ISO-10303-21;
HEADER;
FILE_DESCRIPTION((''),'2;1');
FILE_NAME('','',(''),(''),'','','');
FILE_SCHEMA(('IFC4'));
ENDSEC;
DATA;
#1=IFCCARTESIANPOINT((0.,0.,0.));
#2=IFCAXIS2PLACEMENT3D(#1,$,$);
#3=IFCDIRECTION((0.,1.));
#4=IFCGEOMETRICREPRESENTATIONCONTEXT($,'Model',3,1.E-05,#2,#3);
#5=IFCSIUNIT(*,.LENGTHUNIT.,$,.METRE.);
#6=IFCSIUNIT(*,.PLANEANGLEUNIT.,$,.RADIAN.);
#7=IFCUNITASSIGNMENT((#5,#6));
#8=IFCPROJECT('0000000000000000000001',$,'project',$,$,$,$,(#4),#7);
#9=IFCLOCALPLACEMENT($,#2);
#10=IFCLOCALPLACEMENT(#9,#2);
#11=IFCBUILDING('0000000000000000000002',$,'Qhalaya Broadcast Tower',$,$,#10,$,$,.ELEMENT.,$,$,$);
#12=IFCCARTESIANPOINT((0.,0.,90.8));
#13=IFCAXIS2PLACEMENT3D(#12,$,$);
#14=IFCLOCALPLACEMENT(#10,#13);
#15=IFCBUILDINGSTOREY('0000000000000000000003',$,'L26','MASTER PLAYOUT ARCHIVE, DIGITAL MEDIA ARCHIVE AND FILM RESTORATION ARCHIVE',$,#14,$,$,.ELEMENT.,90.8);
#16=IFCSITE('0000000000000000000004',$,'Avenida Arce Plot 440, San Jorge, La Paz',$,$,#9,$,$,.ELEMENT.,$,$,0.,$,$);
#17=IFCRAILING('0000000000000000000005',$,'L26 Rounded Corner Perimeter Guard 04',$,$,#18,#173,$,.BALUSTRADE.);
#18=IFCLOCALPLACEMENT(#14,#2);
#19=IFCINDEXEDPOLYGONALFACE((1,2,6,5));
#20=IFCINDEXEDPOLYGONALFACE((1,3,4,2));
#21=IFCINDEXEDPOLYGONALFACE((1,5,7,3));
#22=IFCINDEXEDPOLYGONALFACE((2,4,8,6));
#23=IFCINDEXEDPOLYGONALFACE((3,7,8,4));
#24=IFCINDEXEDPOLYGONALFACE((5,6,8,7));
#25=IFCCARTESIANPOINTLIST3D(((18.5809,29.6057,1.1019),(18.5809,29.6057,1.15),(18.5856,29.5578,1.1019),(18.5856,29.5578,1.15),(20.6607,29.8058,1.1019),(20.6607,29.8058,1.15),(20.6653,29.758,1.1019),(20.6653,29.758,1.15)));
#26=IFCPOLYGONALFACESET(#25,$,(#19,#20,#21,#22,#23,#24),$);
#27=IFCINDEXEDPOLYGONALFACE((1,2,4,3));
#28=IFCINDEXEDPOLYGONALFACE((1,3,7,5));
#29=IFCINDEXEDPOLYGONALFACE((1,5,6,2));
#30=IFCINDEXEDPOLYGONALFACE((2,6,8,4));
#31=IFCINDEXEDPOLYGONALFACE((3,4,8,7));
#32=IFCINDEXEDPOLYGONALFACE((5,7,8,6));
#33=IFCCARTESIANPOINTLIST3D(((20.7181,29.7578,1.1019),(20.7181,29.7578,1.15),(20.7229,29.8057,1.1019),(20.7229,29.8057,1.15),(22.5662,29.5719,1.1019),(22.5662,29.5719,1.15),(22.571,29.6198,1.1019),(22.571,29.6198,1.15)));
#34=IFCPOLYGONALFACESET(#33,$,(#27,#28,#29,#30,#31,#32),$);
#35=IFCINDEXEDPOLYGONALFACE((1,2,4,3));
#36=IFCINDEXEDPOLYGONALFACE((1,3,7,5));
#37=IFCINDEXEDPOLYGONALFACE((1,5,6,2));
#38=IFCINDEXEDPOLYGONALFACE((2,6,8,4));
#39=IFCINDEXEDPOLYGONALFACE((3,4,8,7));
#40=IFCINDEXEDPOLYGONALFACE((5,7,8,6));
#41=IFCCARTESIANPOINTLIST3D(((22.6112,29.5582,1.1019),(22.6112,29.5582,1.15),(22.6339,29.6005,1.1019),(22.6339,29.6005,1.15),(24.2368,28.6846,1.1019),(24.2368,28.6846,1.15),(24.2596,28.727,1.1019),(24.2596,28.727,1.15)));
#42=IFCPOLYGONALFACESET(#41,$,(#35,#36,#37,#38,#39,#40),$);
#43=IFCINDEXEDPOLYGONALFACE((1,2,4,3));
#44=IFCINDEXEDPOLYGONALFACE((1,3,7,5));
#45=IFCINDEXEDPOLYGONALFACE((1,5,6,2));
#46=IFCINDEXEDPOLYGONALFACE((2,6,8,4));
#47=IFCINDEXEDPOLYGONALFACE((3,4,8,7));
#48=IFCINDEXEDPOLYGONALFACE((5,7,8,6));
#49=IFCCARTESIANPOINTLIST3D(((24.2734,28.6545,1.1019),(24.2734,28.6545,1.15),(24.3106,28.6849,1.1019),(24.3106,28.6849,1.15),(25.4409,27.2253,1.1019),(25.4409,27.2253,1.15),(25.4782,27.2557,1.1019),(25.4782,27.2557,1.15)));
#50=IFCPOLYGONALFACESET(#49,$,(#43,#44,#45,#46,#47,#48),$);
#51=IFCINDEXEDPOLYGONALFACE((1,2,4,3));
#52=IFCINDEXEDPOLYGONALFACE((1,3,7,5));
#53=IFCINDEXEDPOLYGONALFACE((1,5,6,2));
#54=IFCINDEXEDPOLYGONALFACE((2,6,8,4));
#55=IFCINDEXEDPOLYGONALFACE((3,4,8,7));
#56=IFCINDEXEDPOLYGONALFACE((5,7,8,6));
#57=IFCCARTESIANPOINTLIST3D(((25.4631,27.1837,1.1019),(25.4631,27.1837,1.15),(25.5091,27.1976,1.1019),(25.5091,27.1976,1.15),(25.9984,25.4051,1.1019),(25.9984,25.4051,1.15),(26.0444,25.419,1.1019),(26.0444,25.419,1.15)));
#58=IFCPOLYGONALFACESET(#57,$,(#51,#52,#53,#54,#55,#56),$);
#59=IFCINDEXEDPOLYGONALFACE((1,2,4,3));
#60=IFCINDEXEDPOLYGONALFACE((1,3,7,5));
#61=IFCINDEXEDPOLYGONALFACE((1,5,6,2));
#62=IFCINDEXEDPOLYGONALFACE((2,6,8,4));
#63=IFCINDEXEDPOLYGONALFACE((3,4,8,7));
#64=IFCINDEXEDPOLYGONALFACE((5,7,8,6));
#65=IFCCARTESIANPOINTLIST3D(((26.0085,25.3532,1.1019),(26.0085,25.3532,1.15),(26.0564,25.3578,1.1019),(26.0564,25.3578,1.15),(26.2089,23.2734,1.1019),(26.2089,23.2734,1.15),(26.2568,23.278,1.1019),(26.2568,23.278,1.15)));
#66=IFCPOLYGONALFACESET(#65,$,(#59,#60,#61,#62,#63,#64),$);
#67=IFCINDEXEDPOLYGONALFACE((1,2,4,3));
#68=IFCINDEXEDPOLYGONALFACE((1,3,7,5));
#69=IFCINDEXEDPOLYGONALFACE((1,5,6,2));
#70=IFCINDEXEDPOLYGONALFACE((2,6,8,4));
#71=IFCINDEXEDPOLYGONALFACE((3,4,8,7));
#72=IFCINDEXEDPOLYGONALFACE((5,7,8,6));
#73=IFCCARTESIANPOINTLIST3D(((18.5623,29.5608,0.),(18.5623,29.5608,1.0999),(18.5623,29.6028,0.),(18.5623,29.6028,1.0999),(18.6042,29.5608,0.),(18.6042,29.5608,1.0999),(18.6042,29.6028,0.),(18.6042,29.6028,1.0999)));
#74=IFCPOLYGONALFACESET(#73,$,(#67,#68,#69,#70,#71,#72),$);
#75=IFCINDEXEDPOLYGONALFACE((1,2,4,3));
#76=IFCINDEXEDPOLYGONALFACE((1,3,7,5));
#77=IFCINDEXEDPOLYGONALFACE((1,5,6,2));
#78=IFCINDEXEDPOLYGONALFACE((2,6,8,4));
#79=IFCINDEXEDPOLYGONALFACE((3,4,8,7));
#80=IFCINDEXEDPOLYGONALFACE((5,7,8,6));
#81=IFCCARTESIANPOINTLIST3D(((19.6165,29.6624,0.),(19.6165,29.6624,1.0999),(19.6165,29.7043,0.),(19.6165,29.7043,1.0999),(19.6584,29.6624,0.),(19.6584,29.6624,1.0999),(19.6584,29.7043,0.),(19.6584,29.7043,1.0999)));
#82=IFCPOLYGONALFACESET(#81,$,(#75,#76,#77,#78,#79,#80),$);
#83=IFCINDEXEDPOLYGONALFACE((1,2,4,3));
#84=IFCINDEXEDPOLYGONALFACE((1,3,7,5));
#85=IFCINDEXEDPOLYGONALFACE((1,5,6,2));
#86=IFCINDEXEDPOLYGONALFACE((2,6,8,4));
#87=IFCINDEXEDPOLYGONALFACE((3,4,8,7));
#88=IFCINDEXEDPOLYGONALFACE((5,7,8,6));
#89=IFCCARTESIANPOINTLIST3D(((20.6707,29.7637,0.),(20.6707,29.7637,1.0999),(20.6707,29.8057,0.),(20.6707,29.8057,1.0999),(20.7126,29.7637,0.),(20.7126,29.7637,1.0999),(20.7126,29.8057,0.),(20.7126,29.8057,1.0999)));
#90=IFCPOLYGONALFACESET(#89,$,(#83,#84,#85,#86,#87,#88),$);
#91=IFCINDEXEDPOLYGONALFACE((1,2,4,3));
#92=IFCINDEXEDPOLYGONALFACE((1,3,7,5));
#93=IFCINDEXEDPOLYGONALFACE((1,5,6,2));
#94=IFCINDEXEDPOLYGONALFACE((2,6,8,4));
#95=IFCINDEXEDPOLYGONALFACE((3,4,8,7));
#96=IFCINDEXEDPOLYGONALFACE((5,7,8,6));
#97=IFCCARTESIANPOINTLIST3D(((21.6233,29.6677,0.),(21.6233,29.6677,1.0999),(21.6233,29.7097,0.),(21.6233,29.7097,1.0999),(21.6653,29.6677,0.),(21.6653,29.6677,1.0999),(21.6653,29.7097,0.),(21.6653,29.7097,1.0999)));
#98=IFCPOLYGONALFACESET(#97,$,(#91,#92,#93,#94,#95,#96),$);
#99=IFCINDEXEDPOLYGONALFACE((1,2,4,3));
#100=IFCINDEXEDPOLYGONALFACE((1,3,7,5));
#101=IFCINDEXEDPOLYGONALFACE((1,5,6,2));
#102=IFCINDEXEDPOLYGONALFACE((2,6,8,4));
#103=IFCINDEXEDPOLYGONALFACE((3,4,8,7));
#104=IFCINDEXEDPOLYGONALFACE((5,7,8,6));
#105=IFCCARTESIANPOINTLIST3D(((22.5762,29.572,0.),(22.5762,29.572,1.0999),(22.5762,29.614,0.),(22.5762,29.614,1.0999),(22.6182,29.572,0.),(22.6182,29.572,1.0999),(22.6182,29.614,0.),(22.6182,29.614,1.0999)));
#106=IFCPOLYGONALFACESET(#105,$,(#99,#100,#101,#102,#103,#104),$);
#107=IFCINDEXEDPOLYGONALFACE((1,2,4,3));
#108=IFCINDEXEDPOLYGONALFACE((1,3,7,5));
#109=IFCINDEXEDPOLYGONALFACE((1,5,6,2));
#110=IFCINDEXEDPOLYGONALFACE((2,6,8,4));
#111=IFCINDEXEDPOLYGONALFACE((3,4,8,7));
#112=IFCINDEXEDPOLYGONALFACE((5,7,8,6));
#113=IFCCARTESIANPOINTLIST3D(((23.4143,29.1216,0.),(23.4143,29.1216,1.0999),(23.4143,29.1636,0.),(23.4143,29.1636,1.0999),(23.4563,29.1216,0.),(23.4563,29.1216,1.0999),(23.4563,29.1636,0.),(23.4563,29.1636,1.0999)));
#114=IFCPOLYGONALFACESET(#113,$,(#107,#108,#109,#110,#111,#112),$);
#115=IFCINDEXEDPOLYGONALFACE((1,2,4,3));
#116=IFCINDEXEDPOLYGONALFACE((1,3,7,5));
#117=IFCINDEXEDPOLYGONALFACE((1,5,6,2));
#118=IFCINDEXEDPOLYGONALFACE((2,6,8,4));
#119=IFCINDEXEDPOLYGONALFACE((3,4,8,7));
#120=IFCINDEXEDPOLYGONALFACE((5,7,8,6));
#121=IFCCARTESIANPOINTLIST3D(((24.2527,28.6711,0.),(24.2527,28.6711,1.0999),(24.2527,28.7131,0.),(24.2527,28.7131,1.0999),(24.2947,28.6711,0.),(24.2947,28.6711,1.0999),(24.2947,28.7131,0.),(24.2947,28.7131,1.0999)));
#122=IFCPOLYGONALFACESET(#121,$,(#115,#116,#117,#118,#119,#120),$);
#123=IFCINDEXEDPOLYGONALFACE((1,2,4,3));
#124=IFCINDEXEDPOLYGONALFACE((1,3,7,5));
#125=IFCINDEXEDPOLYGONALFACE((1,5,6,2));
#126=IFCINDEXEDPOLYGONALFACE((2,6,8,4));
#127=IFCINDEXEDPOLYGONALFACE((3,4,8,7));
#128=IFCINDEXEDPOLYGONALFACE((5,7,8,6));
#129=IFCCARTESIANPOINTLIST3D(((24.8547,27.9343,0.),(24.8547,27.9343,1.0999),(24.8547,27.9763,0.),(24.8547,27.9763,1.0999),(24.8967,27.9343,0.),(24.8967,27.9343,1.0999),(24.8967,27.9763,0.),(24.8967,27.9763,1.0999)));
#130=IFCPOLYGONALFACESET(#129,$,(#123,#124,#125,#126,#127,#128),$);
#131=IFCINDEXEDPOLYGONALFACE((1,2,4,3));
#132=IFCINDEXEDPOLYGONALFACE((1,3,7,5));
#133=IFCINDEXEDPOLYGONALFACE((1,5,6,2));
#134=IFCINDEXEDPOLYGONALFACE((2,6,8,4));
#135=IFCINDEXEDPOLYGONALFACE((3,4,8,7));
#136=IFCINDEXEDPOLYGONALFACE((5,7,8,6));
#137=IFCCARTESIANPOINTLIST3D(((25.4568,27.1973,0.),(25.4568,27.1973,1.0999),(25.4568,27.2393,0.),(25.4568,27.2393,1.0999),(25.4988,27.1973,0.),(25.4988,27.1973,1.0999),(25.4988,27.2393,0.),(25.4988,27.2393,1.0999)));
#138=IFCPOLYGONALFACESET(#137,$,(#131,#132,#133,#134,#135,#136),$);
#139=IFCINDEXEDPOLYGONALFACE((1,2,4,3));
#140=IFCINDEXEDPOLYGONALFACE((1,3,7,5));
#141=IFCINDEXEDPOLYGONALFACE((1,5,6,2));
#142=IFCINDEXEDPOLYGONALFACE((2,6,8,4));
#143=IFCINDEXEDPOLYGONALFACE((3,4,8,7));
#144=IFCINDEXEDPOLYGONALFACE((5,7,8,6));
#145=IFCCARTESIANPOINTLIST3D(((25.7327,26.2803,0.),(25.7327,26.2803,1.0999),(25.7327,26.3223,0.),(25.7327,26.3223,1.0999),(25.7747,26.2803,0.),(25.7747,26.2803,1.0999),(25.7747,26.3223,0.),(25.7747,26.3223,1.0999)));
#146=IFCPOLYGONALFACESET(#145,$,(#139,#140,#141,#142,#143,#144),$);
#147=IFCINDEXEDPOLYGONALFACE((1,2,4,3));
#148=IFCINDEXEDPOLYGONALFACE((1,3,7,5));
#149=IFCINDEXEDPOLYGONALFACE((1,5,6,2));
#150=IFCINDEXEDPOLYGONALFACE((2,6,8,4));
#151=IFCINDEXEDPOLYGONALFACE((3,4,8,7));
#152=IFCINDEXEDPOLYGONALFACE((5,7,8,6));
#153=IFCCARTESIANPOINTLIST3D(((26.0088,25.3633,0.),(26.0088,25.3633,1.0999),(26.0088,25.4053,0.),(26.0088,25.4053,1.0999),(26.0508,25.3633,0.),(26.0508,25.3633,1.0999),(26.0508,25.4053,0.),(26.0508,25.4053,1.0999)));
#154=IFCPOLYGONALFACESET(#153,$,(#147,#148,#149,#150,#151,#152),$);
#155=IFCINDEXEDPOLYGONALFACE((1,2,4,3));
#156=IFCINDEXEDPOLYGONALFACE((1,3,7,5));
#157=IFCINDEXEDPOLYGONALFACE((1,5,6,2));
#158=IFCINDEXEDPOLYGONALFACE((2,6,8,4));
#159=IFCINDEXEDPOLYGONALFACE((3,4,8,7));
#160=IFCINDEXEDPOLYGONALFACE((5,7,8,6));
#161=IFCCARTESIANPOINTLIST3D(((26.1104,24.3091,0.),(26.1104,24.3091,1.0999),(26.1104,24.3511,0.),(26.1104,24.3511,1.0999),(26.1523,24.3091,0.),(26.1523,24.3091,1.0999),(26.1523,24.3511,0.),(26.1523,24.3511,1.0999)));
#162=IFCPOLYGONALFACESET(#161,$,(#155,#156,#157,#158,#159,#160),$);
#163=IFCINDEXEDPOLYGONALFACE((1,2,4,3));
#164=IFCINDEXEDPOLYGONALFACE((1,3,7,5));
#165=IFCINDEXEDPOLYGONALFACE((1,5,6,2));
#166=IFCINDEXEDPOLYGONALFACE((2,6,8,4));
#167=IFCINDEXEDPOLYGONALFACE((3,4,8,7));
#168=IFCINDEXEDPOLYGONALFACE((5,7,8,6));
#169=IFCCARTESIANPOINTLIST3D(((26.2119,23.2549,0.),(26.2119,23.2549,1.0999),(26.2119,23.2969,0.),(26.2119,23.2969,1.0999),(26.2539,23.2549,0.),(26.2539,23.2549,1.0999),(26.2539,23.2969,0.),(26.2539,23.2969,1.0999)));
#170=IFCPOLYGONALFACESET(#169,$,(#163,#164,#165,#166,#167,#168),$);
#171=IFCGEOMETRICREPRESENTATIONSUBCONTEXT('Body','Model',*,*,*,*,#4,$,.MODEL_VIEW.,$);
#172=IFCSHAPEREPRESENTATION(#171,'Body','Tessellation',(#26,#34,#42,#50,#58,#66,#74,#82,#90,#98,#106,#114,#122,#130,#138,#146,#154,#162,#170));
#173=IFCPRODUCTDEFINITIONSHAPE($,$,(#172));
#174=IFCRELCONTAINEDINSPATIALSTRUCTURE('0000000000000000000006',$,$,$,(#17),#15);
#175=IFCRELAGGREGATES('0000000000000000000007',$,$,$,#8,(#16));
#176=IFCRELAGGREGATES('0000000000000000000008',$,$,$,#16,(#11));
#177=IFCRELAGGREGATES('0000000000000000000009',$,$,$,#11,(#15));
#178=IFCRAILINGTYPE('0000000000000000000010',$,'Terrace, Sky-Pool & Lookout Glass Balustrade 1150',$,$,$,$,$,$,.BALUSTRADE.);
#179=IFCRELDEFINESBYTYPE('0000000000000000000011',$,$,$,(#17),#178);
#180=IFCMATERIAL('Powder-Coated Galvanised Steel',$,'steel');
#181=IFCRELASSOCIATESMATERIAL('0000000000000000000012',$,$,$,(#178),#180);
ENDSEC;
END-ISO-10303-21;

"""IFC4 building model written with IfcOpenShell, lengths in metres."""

from ifc_helpers import new_model, si_unit, direction, frame, origin, origin_2d, place, context, subcontext, project, spatial, rectangle, extrude, material, type_object, element, save


model = new_model("IFC4")

# Units and contexts
model_context = context("Model", 3, precision=1e-05, world=origin(), true_north=direction((0.0, 1.0)))
body_context = subcontext(model_context, "Body", "Model", "MODEL_VIEW")
ifc_project = project(units=[si_unit("LENGTHUNIT", "METRE"), si_unit("PLANEANGLEUNIT", "RADIAN")], contexts=[model_context])

# Site, building, storey
site_placement = place(None, origin())
site = spatial("IfcSite", under=ifc_project, at=site_placement, Name="Avenida Arce Plot 440, San Jorge, La Paz", CompositionType="ELEMENT", RefElevation=0.0)
building_placement = place(site_placement, origin())
building = spatial("IfcBuilding", under=site, at=building_placement, Name="Qhalaya Broadcast Tower", CompositionType="ELEMENT")
storey_placement = place(building_placement, frame((0.0, 0.0, 90.8)))
storey = spatial("IfcBuildingStorey", under=building, at=storey_placement, Name="L26", Description="MASTER PLAYOUT ARCHIVE, DIGITAL MEDIA ARCHIVE AND FILM RESTORATION ARCHIVE", CompositionType="ELEMENT", Elevation=90.8)

# Railing
ifc_material_1 = material(Name="Powder-Coated Galvanised Steel", Category="steel")
railing_type = type_object("IfcRailingType", Name="Terrace, Sky-Pool & Lookout Glass Balustrade 1150", PredefinedType="BALUSTRADE", material=ifc_material_1)
railing_placement = place(storey_placement, frame((18.5833, 29.5818, 0.0)))
element("IfcRailing", 1, at=railing_placement, inside=storey, type_object=railing_type, Name="L26 Rounded Corner Perimeter Guard 04", PredefinedType="BALUSTRADE", context=body_context, shape_type="SweptSolid", body=[
    extrude(rectangle(XDim=0.0481, YDim=0.0481, at=origin_2d()), frame((0.0, 0.0, 1.126), z_axis=(0.995402, 0.095783, 0.0), x_axis=(-0.095783, 0.995402, 0.0)), (0.0, 0.0, 1.0), 2.0894),
    extrude(rectangle(XDim=0.0481, YDim=0.0481, at=origin_2d()), frame((2.1372, 0.2, 1.126), z_axis=(0.99498, -0.100072, 0.0), x_axis=(0.100072, 0.99498, 0.0)), (0.0, 0.0, 1.0), 1.8574),
    extrude(rectangle(XDim=0.0481, YDim=0.0481, at=origin_2d()), frame((4.0393, -0.0024, 1.126), z_axis=(0.880879, -0.473342, 0.0), x_axis=(0.473342, 0.880879, 0.0)), (0.0, 0.0, 1.0), 1.8455),
    extrude(rectangle(XDim=0.0481, YDim=0.0481, at=origin_2d()), frame((5.7087, -0.9121, 1.126), z_axis=(0.632672, -0.77442, 0.0), x_axis=(0.77442, 0.632672, 0.0)), (0.0, 0.0, 1.0), 1.8455),
    extrude(rectangle(XDim=0.0481, YDim=0.0481, at=origin_2d()), frame((6.9028, -2.3911, 1.126), z_axis=(0.288213, -0.957566, 0.0), x_axis=(0.957566, 0.288213, 0.0)), (0.0, 0.0, 1.0), 1.8574),
    extrude(rectangle(XDim=0.0481, YDim=0.0481, at=origin_2d()), frame((7.4492, -4.2263, 1.126), z_axis=(0.095897, -0.995391, 0.0), x_axis=(0.995391, 0.095897, 0.0)), (0.0, 0.0, 1.0), 2.0894),
    extrude(rectangle(XDim=0.042, YDim=0.042, at=origin_2d()), origin(), (0.0, 0.0, 1.0), 1.0999),
    extrude(rectangle(XDim=0.042, YDim=0.042, at=origin_2d()), frame((1.0542, 0.1016, 0.0)), (0.0, 0.0, 1.0), 1.0999),
    extrude(rectangle(XDim=0.042, YDim=0.042, at=origin_2d()), frame((2.1084, 0.2029, 0.0)), (0.0, 0.0, 1.0), 1.0999),
    extrude(rectangle(XDim=0.042, YDim=0.042, at=origin_2d()), frame((3.061, 0.1069, 0.0)), (0.0, 0.0, 1.0), 1.0999),
    extrude(rectangle(XDim=0.042, YDim=0.042, at=origin_2d()), frame((4.0139, 0.0112, 0.0)), (0.0, 0.0, 1.0), 1.0999),
    extrude(rectangle(XDim=0.042, YDim=0.042, at=origin_2d()), frame((4.8521, -0.4392, 0.0)), (0.0, 0.0, 1.0), 1.0999),
    extrude(rectangle(XDim=0.042, YDim=0.042, at=origin_2d()), frame((5.6904, -0.8896, 0.0)), (0.0, 0.0, 1.0), 1.0999),
    extrude(rectangle(XDim=0.042, YDim=0.042, at=origin_2d()), frame((6.2925, -1.6265, 0.0)), (0.0, 0.0, 1.0), 1.0999),
    extrude(rectangle(XDim=0.042, YDim=0.042, at=origin_2d()), frame((6.8945, -2.3635, 0.0)), (0.0, 0.0, 1.0), 1.0999),
    extrude(rectangle(XDim=0.042, YDim=0.042, at=origin_2d()), frame((7.1704, -3.2805, 0.0)), (0.0, 0.0, 1.0), 1.0999),
    extrude(rectangle(XDim=0.042, YDim=0.042, at=origin_2d()), frame((7.4465, -4.1975, 0.0)), (0.0, 0.0, 1.0), 1.0999),
    extrude(rectangle(XDim=0.042, YDim=0.042, at=origin_2d()), frame((7.5481, -5.2517, 0.0)), (0.0, 0.0, 1.0), 1.0999),
    extrude(rectangle(XDim=0.042, YDim=0.042, at=origin_2d()), frame((7.6497, -6.3059, 0.0)), (0.0, 0.0, 1.0), 1.0999),
])

save(model, "model.ifc")
